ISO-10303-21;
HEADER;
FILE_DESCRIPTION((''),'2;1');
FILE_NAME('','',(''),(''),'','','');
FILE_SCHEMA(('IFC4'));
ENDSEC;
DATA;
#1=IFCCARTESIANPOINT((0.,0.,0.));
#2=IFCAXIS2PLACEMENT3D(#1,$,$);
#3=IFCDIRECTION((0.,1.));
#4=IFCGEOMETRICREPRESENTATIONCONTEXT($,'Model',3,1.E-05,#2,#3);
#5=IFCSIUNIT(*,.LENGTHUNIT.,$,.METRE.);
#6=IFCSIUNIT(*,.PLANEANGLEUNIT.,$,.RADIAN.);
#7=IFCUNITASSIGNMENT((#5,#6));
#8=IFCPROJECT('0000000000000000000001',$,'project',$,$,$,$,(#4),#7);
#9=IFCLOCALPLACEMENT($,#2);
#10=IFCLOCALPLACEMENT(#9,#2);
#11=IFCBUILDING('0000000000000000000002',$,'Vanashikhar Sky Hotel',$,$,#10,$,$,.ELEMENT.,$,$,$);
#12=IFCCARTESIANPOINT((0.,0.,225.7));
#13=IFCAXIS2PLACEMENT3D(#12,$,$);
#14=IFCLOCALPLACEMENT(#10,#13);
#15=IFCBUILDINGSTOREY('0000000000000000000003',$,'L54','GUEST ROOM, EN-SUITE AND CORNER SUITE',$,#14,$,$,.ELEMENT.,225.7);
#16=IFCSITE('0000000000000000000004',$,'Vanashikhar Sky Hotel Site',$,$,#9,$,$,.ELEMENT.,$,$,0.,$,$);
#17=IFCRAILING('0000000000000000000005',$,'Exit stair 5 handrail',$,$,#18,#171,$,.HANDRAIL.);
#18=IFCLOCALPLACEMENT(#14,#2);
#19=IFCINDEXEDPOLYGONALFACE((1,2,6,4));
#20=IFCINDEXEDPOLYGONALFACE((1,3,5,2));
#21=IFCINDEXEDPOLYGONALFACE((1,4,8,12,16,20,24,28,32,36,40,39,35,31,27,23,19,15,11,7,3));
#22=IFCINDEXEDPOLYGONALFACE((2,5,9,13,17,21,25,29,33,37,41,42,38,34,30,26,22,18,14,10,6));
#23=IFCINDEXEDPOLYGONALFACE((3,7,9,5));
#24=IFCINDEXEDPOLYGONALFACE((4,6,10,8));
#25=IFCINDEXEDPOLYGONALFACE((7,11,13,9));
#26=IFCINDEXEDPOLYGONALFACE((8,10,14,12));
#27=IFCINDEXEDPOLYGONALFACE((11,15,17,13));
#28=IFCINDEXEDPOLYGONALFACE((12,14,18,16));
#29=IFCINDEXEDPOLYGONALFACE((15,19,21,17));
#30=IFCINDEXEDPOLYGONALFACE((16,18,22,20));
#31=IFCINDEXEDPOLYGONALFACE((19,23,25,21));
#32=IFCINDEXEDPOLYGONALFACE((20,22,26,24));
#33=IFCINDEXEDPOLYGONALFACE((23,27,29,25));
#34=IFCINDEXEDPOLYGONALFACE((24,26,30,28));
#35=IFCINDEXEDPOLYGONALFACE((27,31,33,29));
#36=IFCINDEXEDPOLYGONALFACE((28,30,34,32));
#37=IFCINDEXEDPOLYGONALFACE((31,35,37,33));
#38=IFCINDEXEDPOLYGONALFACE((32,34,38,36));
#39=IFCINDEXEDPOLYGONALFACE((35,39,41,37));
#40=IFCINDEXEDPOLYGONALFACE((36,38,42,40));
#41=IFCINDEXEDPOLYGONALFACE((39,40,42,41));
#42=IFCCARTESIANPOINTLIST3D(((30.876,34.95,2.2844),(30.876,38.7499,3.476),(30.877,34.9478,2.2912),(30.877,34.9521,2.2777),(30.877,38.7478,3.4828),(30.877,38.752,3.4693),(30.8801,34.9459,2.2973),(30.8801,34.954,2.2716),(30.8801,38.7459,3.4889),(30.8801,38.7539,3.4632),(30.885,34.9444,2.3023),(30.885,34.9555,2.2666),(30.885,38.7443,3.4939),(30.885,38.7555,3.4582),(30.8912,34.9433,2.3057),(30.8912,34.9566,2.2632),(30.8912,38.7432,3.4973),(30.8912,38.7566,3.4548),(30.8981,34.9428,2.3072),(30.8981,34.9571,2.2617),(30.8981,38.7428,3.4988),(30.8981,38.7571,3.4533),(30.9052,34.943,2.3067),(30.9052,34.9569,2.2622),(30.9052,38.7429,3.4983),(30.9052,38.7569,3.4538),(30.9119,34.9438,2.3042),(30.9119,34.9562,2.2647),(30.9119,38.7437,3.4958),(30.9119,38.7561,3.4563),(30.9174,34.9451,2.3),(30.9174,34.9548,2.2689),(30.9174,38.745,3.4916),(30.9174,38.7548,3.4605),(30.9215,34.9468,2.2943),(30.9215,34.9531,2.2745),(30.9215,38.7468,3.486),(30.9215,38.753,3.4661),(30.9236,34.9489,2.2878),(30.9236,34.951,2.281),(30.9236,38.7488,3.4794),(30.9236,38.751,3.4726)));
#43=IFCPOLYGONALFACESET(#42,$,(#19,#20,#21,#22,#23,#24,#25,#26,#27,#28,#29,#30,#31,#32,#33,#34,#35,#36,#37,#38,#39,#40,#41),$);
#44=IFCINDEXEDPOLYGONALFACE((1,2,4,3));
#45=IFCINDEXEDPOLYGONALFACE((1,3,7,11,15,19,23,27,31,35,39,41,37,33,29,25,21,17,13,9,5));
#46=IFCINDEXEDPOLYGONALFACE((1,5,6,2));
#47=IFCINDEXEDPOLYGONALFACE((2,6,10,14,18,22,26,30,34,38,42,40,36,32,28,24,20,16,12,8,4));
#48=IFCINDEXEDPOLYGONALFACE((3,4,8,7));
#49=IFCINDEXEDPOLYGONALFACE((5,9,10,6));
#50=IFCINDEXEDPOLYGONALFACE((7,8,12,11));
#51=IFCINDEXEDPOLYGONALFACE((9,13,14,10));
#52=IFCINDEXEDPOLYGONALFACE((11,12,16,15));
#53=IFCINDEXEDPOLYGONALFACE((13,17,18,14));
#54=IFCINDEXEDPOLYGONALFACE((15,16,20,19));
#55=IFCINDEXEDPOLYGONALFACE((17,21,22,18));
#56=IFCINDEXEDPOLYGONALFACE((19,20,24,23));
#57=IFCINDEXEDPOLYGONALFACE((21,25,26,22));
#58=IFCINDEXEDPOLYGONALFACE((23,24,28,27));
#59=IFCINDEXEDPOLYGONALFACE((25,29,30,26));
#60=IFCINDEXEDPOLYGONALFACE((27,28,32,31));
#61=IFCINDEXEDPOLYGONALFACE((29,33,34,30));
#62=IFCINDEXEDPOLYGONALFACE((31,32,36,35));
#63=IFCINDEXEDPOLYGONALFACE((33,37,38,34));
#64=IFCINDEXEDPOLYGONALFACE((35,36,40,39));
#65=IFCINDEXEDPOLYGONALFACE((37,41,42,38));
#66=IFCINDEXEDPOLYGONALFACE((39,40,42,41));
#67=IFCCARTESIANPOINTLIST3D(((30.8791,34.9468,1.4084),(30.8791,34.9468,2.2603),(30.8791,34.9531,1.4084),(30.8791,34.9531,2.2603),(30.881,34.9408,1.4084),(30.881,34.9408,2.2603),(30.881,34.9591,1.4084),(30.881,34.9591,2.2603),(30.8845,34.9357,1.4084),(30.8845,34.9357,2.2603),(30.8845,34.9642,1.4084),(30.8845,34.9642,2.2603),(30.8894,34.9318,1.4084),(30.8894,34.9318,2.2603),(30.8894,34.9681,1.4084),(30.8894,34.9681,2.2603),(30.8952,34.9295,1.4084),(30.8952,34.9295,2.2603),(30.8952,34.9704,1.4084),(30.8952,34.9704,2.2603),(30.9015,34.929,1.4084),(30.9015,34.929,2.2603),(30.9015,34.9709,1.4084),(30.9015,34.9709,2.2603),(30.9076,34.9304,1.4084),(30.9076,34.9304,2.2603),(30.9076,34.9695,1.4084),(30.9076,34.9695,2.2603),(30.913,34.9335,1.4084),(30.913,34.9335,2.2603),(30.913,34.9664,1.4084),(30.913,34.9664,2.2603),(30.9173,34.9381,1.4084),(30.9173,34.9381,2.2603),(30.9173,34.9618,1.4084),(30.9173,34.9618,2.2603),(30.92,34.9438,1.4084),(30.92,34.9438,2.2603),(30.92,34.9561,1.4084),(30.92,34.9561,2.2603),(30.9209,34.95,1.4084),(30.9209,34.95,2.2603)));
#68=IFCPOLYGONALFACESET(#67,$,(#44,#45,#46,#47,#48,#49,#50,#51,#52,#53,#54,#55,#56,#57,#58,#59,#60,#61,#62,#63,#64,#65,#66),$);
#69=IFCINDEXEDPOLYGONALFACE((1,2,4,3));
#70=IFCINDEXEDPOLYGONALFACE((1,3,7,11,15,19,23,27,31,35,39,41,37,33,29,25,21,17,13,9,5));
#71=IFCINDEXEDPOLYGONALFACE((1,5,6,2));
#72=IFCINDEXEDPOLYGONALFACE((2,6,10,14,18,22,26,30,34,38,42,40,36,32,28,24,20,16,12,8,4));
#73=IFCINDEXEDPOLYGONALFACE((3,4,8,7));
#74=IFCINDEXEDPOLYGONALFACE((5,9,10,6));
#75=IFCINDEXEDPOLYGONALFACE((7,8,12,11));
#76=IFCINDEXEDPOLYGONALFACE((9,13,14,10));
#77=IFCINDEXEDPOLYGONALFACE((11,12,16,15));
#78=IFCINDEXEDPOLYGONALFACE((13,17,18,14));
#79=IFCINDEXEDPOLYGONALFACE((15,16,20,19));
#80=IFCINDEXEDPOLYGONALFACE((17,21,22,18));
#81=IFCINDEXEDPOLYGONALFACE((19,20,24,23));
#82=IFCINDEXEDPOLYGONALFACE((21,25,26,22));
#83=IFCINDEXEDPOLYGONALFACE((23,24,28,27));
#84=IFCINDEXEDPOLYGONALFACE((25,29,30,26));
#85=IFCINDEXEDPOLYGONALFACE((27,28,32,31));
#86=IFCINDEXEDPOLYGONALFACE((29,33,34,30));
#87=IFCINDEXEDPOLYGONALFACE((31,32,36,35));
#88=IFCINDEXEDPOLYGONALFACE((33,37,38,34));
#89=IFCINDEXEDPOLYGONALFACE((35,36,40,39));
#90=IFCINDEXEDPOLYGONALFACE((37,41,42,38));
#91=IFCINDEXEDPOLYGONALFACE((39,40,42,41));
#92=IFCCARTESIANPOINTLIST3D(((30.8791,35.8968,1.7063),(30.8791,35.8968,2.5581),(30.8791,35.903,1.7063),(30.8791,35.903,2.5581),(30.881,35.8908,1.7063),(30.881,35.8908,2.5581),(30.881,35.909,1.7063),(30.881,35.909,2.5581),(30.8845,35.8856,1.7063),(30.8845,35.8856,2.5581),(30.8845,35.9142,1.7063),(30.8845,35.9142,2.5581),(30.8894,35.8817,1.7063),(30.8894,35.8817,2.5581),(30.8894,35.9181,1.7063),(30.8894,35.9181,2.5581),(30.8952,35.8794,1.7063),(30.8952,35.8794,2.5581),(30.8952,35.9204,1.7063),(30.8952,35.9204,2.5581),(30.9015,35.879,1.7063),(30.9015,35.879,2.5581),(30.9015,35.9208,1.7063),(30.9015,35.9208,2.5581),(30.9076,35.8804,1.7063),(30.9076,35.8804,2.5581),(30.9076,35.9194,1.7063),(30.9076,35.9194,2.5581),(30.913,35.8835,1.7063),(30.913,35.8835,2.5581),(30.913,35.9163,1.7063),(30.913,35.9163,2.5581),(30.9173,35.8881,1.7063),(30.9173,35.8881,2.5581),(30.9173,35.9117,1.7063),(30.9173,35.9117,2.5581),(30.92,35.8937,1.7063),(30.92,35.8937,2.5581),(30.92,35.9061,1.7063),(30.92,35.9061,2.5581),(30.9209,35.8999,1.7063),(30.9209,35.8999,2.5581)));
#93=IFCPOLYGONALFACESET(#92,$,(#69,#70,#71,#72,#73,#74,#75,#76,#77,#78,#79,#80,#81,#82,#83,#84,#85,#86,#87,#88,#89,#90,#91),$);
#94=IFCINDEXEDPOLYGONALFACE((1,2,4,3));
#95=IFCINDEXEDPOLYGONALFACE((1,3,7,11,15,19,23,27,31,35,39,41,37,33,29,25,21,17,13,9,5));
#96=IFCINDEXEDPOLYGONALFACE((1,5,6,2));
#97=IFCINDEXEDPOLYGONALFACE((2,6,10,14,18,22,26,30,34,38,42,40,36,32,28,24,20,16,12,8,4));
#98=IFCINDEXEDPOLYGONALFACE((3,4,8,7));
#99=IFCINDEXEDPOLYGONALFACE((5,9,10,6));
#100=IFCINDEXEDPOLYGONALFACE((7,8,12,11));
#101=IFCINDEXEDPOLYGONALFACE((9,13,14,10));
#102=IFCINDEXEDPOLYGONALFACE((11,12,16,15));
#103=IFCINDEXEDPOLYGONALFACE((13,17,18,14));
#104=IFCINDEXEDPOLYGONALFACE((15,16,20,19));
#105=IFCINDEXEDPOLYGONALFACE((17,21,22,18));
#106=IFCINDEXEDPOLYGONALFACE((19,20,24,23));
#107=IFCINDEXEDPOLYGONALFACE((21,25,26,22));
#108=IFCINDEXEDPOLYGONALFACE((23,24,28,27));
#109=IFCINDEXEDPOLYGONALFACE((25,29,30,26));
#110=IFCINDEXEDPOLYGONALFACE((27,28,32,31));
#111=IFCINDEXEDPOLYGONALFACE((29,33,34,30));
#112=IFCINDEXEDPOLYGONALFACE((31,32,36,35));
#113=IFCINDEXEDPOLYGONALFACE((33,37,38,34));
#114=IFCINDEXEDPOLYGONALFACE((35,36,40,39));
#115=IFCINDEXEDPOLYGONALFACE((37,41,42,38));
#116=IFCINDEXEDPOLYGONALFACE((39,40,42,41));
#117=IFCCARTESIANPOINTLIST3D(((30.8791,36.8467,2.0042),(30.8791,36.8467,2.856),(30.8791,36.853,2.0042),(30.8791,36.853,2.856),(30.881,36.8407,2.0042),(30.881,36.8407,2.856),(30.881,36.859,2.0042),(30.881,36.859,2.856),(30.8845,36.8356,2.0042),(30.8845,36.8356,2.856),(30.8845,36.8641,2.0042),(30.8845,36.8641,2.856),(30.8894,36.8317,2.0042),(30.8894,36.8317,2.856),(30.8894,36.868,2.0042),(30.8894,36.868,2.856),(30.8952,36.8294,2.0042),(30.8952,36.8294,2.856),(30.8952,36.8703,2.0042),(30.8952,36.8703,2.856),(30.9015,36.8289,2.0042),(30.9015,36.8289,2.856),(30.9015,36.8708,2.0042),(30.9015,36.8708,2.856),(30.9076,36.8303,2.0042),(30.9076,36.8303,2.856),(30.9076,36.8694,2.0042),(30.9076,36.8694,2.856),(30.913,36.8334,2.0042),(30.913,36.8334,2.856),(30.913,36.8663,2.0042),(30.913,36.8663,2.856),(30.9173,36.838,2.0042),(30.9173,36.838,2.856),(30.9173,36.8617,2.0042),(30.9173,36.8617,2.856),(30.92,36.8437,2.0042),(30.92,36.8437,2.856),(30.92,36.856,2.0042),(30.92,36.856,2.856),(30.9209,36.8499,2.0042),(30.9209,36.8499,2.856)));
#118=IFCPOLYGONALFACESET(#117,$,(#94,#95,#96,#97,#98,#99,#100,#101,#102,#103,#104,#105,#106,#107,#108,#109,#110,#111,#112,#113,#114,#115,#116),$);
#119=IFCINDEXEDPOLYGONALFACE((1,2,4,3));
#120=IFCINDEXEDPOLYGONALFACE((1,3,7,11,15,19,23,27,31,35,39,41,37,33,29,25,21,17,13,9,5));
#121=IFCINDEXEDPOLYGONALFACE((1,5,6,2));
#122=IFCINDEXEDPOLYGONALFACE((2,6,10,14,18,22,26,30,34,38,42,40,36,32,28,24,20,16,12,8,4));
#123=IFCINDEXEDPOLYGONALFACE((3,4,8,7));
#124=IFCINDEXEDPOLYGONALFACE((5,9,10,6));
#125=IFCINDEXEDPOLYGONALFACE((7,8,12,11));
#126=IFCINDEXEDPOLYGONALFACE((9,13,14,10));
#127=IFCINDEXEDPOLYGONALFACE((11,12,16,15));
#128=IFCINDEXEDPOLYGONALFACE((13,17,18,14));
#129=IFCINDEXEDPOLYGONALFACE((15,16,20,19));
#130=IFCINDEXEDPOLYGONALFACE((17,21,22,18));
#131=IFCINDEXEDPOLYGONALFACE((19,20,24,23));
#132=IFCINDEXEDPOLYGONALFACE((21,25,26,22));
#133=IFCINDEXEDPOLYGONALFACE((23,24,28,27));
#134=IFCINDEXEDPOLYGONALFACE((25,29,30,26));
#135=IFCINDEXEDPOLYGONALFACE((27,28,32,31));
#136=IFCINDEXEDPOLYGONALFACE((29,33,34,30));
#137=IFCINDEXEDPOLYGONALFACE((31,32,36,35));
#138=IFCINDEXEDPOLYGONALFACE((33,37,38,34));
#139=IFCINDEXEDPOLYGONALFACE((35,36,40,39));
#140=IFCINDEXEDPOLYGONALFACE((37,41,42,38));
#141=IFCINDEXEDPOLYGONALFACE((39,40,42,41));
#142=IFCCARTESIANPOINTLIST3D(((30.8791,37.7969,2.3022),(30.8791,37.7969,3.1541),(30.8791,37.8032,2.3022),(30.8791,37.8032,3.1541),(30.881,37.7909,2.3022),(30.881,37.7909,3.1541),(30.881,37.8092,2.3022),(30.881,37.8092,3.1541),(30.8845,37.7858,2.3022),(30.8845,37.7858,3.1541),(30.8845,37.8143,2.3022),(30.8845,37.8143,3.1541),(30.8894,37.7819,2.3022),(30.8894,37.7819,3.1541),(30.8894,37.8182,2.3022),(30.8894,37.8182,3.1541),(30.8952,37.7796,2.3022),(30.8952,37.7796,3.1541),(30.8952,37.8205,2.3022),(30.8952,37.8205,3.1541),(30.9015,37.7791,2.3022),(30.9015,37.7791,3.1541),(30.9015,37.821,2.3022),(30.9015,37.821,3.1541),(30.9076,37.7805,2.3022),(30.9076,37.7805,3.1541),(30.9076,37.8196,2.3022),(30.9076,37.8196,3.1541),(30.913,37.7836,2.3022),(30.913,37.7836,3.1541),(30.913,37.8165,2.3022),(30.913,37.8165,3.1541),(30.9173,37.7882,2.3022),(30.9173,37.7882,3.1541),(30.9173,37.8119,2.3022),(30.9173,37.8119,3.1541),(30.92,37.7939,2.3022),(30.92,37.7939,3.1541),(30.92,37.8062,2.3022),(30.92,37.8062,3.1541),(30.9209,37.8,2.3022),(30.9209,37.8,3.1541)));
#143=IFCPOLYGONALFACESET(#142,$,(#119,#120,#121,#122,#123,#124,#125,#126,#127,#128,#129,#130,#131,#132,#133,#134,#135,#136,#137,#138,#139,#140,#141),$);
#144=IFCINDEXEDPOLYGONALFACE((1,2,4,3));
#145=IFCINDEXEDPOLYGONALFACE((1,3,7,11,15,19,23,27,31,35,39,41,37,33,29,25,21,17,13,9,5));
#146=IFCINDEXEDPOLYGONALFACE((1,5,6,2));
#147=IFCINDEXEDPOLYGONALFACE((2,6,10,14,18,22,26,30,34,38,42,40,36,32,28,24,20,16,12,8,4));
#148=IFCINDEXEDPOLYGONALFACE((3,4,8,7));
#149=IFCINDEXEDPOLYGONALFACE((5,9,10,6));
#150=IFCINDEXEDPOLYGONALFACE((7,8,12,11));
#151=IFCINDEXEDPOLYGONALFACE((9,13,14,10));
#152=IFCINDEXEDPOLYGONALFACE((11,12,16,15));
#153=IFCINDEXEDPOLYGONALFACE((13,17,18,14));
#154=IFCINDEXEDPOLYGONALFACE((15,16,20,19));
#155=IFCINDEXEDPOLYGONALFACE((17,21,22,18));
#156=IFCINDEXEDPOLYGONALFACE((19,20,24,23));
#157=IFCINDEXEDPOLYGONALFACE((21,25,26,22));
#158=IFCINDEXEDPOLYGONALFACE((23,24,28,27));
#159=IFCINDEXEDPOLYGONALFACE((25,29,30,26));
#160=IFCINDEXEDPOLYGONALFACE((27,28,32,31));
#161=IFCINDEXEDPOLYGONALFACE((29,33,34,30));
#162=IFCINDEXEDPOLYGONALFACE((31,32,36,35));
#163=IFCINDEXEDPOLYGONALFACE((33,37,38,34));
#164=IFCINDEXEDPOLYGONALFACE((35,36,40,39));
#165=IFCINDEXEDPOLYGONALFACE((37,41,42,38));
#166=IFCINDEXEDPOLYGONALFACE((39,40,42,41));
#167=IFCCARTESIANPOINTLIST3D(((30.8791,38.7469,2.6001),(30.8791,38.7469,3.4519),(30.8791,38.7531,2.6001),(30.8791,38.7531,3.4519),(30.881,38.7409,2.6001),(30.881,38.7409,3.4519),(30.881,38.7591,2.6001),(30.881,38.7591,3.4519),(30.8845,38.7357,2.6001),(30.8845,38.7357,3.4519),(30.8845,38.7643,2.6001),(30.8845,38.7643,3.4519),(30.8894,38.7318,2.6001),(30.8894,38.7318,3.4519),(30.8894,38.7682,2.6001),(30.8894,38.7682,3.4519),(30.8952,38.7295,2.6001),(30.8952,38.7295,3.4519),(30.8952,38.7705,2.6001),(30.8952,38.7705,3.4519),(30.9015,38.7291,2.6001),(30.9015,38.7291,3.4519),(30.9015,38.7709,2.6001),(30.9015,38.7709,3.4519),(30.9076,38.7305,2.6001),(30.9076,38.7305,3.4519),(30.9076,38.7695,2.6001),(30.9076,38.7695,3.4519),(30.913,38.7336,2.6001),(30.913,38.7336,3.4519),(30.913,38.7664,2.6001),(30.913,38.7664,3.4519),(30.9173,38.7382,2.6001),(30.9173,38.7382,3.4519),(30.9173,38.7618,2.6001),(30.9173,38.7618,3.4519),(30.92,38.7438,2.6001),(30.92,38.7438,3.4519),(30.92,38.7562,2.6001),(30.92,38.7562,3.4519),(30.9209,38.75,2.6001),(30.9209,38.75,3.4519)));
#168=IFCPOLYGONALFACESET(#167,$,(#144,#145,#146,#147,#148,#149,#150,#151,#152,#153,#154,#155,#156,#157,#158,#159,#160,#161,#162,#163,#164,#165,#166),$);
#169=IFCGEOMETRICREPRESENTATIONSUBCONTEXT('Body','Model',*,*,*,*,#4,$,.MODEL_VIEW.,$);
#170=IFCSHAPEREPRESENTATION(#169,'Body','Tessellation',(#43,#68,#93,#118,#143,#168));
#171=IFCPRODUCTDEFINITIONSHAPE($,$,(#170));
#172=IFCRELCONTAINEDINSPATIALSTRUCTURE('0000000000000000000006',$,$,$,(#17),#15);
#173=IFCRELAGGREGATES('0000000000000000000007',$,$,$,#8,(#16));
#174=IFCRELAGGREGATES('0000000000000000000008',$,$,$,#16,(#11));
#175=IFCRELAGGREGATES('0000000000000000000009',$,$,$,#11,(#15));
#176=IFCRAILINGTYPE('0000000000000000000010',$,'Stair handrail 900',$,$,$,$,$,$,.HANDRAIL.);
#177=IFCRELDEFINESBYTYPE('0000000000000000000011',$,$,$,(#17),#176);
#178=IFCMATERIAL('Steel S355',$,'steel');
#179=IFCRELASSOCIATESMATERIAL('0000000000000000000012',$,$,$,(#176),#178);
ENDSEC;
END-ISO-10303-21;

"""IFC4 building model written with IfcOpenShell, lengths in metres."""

from ifc_helpers import new_model, si_unit, direction, frame, origin, origin_2d, place, context, subcontext, project, spatial, circle, extrude, source, transform, mapped, material, type_object, element, save


model = new_model("IFC4")

# Units and contexts
model_context = context("Model", 3, precision=1e-05, world=origin(), true_north=direction((0.0, 1.0)))
body_context = subcontext(model_context, "Body", "Model", "MODEL_VIEW")
ifc_project = project(units=[si_unit("LENGTHUNIT", "METRE"), si_unit("PLANEANGLEUNIT", "RADIAN")], contexts=[model_context])

# Site, building, storey
site_placement = place(None, origin())
site = spatial("IfcSite", under=ifc_project, at=site_placement, Name="Vanashikhar Sky Hotel Site", CompositionType="ELEMENT", RefElevation=0.0)
building_placement = place(site_placement, origin())
building = spatial("IfcBuilding", under=site, at=building_placement, Name="Vanashikhar Sky Hotel", CompositionType="ELEMENT")
storey_placement = place(building_placement, frame((0.0, 0.0, 225.7)))
storey = spatial("IfcBuildingStorey", under=building, at=storey_placement, Name="L54", Description="GUEST ROOM, EN-SUITE AND CORNER SUITE", CompositionType="ELEMENT", Elevation=225.7)

# Railing
ifc_material_1 = material(Name="Steel S355", Category="steel")
railing_type_1 = type_object("IfcRailingType", Name="Stair handrail 900", PredefinedType="HANDRAIL", material=ifc_material_1)
shared_shape_1 = source(origin(), body_context, "Body", "SweptSolid", [
    extrude(circle(Radius=0.0239, at=origin_2d()), frame((0.0, 0.0, 0.876), z_axis=(0.0, 0.954184, 0.299221), x_axis=(-1.0, 0.0, 0.0)), (0.0, 0.0, 1.0), 3.9824),
    extrude(circle(Radius=0.021, at=origin_2d()), origin(), (0.0, 0.0, 1.0), 0.8518),
    extrude(circle(Radius=0.021, at=origin_2d()), frame((0.0, 0.95, 0.2979)), (0.0, 0.0, 1.0), 0.8518),
    extrude(circle(Radius=0.021, at=origin_2d()), frame((0.0, 1.8999, 0.5957)), (0.0, 0.0, 1.0), 0.8518),
    extrude(circle(Radius=0.021, at=origin_2d()), frame((0.0, 2.8501, 0.8938)), (0.0, 0.0, 1.0), 0.8518),
    extrude(circle(Radius=0.021, at=origin_2d()), frame((0.0, 3.8, 1.1917)), (0.0, 0.0, 1.0), 0.8518),
])
railing_placement = place(storey_placement, frame((30.8999, 34.95, 1.4084)))
element("IfcRailing", 1, at=railing_placement, inside=storey, type_object=railing_type_1, Name="Exit stair 5 handrail", PredefinedType="HANDRAIL", context=body_context, shape_type="MappedRepresentation", body=[
    mapped(shared_shape_1, transform((0.0, 0.0, 0.0), scale=1.0)),
])

save(model, "model.ifc")
